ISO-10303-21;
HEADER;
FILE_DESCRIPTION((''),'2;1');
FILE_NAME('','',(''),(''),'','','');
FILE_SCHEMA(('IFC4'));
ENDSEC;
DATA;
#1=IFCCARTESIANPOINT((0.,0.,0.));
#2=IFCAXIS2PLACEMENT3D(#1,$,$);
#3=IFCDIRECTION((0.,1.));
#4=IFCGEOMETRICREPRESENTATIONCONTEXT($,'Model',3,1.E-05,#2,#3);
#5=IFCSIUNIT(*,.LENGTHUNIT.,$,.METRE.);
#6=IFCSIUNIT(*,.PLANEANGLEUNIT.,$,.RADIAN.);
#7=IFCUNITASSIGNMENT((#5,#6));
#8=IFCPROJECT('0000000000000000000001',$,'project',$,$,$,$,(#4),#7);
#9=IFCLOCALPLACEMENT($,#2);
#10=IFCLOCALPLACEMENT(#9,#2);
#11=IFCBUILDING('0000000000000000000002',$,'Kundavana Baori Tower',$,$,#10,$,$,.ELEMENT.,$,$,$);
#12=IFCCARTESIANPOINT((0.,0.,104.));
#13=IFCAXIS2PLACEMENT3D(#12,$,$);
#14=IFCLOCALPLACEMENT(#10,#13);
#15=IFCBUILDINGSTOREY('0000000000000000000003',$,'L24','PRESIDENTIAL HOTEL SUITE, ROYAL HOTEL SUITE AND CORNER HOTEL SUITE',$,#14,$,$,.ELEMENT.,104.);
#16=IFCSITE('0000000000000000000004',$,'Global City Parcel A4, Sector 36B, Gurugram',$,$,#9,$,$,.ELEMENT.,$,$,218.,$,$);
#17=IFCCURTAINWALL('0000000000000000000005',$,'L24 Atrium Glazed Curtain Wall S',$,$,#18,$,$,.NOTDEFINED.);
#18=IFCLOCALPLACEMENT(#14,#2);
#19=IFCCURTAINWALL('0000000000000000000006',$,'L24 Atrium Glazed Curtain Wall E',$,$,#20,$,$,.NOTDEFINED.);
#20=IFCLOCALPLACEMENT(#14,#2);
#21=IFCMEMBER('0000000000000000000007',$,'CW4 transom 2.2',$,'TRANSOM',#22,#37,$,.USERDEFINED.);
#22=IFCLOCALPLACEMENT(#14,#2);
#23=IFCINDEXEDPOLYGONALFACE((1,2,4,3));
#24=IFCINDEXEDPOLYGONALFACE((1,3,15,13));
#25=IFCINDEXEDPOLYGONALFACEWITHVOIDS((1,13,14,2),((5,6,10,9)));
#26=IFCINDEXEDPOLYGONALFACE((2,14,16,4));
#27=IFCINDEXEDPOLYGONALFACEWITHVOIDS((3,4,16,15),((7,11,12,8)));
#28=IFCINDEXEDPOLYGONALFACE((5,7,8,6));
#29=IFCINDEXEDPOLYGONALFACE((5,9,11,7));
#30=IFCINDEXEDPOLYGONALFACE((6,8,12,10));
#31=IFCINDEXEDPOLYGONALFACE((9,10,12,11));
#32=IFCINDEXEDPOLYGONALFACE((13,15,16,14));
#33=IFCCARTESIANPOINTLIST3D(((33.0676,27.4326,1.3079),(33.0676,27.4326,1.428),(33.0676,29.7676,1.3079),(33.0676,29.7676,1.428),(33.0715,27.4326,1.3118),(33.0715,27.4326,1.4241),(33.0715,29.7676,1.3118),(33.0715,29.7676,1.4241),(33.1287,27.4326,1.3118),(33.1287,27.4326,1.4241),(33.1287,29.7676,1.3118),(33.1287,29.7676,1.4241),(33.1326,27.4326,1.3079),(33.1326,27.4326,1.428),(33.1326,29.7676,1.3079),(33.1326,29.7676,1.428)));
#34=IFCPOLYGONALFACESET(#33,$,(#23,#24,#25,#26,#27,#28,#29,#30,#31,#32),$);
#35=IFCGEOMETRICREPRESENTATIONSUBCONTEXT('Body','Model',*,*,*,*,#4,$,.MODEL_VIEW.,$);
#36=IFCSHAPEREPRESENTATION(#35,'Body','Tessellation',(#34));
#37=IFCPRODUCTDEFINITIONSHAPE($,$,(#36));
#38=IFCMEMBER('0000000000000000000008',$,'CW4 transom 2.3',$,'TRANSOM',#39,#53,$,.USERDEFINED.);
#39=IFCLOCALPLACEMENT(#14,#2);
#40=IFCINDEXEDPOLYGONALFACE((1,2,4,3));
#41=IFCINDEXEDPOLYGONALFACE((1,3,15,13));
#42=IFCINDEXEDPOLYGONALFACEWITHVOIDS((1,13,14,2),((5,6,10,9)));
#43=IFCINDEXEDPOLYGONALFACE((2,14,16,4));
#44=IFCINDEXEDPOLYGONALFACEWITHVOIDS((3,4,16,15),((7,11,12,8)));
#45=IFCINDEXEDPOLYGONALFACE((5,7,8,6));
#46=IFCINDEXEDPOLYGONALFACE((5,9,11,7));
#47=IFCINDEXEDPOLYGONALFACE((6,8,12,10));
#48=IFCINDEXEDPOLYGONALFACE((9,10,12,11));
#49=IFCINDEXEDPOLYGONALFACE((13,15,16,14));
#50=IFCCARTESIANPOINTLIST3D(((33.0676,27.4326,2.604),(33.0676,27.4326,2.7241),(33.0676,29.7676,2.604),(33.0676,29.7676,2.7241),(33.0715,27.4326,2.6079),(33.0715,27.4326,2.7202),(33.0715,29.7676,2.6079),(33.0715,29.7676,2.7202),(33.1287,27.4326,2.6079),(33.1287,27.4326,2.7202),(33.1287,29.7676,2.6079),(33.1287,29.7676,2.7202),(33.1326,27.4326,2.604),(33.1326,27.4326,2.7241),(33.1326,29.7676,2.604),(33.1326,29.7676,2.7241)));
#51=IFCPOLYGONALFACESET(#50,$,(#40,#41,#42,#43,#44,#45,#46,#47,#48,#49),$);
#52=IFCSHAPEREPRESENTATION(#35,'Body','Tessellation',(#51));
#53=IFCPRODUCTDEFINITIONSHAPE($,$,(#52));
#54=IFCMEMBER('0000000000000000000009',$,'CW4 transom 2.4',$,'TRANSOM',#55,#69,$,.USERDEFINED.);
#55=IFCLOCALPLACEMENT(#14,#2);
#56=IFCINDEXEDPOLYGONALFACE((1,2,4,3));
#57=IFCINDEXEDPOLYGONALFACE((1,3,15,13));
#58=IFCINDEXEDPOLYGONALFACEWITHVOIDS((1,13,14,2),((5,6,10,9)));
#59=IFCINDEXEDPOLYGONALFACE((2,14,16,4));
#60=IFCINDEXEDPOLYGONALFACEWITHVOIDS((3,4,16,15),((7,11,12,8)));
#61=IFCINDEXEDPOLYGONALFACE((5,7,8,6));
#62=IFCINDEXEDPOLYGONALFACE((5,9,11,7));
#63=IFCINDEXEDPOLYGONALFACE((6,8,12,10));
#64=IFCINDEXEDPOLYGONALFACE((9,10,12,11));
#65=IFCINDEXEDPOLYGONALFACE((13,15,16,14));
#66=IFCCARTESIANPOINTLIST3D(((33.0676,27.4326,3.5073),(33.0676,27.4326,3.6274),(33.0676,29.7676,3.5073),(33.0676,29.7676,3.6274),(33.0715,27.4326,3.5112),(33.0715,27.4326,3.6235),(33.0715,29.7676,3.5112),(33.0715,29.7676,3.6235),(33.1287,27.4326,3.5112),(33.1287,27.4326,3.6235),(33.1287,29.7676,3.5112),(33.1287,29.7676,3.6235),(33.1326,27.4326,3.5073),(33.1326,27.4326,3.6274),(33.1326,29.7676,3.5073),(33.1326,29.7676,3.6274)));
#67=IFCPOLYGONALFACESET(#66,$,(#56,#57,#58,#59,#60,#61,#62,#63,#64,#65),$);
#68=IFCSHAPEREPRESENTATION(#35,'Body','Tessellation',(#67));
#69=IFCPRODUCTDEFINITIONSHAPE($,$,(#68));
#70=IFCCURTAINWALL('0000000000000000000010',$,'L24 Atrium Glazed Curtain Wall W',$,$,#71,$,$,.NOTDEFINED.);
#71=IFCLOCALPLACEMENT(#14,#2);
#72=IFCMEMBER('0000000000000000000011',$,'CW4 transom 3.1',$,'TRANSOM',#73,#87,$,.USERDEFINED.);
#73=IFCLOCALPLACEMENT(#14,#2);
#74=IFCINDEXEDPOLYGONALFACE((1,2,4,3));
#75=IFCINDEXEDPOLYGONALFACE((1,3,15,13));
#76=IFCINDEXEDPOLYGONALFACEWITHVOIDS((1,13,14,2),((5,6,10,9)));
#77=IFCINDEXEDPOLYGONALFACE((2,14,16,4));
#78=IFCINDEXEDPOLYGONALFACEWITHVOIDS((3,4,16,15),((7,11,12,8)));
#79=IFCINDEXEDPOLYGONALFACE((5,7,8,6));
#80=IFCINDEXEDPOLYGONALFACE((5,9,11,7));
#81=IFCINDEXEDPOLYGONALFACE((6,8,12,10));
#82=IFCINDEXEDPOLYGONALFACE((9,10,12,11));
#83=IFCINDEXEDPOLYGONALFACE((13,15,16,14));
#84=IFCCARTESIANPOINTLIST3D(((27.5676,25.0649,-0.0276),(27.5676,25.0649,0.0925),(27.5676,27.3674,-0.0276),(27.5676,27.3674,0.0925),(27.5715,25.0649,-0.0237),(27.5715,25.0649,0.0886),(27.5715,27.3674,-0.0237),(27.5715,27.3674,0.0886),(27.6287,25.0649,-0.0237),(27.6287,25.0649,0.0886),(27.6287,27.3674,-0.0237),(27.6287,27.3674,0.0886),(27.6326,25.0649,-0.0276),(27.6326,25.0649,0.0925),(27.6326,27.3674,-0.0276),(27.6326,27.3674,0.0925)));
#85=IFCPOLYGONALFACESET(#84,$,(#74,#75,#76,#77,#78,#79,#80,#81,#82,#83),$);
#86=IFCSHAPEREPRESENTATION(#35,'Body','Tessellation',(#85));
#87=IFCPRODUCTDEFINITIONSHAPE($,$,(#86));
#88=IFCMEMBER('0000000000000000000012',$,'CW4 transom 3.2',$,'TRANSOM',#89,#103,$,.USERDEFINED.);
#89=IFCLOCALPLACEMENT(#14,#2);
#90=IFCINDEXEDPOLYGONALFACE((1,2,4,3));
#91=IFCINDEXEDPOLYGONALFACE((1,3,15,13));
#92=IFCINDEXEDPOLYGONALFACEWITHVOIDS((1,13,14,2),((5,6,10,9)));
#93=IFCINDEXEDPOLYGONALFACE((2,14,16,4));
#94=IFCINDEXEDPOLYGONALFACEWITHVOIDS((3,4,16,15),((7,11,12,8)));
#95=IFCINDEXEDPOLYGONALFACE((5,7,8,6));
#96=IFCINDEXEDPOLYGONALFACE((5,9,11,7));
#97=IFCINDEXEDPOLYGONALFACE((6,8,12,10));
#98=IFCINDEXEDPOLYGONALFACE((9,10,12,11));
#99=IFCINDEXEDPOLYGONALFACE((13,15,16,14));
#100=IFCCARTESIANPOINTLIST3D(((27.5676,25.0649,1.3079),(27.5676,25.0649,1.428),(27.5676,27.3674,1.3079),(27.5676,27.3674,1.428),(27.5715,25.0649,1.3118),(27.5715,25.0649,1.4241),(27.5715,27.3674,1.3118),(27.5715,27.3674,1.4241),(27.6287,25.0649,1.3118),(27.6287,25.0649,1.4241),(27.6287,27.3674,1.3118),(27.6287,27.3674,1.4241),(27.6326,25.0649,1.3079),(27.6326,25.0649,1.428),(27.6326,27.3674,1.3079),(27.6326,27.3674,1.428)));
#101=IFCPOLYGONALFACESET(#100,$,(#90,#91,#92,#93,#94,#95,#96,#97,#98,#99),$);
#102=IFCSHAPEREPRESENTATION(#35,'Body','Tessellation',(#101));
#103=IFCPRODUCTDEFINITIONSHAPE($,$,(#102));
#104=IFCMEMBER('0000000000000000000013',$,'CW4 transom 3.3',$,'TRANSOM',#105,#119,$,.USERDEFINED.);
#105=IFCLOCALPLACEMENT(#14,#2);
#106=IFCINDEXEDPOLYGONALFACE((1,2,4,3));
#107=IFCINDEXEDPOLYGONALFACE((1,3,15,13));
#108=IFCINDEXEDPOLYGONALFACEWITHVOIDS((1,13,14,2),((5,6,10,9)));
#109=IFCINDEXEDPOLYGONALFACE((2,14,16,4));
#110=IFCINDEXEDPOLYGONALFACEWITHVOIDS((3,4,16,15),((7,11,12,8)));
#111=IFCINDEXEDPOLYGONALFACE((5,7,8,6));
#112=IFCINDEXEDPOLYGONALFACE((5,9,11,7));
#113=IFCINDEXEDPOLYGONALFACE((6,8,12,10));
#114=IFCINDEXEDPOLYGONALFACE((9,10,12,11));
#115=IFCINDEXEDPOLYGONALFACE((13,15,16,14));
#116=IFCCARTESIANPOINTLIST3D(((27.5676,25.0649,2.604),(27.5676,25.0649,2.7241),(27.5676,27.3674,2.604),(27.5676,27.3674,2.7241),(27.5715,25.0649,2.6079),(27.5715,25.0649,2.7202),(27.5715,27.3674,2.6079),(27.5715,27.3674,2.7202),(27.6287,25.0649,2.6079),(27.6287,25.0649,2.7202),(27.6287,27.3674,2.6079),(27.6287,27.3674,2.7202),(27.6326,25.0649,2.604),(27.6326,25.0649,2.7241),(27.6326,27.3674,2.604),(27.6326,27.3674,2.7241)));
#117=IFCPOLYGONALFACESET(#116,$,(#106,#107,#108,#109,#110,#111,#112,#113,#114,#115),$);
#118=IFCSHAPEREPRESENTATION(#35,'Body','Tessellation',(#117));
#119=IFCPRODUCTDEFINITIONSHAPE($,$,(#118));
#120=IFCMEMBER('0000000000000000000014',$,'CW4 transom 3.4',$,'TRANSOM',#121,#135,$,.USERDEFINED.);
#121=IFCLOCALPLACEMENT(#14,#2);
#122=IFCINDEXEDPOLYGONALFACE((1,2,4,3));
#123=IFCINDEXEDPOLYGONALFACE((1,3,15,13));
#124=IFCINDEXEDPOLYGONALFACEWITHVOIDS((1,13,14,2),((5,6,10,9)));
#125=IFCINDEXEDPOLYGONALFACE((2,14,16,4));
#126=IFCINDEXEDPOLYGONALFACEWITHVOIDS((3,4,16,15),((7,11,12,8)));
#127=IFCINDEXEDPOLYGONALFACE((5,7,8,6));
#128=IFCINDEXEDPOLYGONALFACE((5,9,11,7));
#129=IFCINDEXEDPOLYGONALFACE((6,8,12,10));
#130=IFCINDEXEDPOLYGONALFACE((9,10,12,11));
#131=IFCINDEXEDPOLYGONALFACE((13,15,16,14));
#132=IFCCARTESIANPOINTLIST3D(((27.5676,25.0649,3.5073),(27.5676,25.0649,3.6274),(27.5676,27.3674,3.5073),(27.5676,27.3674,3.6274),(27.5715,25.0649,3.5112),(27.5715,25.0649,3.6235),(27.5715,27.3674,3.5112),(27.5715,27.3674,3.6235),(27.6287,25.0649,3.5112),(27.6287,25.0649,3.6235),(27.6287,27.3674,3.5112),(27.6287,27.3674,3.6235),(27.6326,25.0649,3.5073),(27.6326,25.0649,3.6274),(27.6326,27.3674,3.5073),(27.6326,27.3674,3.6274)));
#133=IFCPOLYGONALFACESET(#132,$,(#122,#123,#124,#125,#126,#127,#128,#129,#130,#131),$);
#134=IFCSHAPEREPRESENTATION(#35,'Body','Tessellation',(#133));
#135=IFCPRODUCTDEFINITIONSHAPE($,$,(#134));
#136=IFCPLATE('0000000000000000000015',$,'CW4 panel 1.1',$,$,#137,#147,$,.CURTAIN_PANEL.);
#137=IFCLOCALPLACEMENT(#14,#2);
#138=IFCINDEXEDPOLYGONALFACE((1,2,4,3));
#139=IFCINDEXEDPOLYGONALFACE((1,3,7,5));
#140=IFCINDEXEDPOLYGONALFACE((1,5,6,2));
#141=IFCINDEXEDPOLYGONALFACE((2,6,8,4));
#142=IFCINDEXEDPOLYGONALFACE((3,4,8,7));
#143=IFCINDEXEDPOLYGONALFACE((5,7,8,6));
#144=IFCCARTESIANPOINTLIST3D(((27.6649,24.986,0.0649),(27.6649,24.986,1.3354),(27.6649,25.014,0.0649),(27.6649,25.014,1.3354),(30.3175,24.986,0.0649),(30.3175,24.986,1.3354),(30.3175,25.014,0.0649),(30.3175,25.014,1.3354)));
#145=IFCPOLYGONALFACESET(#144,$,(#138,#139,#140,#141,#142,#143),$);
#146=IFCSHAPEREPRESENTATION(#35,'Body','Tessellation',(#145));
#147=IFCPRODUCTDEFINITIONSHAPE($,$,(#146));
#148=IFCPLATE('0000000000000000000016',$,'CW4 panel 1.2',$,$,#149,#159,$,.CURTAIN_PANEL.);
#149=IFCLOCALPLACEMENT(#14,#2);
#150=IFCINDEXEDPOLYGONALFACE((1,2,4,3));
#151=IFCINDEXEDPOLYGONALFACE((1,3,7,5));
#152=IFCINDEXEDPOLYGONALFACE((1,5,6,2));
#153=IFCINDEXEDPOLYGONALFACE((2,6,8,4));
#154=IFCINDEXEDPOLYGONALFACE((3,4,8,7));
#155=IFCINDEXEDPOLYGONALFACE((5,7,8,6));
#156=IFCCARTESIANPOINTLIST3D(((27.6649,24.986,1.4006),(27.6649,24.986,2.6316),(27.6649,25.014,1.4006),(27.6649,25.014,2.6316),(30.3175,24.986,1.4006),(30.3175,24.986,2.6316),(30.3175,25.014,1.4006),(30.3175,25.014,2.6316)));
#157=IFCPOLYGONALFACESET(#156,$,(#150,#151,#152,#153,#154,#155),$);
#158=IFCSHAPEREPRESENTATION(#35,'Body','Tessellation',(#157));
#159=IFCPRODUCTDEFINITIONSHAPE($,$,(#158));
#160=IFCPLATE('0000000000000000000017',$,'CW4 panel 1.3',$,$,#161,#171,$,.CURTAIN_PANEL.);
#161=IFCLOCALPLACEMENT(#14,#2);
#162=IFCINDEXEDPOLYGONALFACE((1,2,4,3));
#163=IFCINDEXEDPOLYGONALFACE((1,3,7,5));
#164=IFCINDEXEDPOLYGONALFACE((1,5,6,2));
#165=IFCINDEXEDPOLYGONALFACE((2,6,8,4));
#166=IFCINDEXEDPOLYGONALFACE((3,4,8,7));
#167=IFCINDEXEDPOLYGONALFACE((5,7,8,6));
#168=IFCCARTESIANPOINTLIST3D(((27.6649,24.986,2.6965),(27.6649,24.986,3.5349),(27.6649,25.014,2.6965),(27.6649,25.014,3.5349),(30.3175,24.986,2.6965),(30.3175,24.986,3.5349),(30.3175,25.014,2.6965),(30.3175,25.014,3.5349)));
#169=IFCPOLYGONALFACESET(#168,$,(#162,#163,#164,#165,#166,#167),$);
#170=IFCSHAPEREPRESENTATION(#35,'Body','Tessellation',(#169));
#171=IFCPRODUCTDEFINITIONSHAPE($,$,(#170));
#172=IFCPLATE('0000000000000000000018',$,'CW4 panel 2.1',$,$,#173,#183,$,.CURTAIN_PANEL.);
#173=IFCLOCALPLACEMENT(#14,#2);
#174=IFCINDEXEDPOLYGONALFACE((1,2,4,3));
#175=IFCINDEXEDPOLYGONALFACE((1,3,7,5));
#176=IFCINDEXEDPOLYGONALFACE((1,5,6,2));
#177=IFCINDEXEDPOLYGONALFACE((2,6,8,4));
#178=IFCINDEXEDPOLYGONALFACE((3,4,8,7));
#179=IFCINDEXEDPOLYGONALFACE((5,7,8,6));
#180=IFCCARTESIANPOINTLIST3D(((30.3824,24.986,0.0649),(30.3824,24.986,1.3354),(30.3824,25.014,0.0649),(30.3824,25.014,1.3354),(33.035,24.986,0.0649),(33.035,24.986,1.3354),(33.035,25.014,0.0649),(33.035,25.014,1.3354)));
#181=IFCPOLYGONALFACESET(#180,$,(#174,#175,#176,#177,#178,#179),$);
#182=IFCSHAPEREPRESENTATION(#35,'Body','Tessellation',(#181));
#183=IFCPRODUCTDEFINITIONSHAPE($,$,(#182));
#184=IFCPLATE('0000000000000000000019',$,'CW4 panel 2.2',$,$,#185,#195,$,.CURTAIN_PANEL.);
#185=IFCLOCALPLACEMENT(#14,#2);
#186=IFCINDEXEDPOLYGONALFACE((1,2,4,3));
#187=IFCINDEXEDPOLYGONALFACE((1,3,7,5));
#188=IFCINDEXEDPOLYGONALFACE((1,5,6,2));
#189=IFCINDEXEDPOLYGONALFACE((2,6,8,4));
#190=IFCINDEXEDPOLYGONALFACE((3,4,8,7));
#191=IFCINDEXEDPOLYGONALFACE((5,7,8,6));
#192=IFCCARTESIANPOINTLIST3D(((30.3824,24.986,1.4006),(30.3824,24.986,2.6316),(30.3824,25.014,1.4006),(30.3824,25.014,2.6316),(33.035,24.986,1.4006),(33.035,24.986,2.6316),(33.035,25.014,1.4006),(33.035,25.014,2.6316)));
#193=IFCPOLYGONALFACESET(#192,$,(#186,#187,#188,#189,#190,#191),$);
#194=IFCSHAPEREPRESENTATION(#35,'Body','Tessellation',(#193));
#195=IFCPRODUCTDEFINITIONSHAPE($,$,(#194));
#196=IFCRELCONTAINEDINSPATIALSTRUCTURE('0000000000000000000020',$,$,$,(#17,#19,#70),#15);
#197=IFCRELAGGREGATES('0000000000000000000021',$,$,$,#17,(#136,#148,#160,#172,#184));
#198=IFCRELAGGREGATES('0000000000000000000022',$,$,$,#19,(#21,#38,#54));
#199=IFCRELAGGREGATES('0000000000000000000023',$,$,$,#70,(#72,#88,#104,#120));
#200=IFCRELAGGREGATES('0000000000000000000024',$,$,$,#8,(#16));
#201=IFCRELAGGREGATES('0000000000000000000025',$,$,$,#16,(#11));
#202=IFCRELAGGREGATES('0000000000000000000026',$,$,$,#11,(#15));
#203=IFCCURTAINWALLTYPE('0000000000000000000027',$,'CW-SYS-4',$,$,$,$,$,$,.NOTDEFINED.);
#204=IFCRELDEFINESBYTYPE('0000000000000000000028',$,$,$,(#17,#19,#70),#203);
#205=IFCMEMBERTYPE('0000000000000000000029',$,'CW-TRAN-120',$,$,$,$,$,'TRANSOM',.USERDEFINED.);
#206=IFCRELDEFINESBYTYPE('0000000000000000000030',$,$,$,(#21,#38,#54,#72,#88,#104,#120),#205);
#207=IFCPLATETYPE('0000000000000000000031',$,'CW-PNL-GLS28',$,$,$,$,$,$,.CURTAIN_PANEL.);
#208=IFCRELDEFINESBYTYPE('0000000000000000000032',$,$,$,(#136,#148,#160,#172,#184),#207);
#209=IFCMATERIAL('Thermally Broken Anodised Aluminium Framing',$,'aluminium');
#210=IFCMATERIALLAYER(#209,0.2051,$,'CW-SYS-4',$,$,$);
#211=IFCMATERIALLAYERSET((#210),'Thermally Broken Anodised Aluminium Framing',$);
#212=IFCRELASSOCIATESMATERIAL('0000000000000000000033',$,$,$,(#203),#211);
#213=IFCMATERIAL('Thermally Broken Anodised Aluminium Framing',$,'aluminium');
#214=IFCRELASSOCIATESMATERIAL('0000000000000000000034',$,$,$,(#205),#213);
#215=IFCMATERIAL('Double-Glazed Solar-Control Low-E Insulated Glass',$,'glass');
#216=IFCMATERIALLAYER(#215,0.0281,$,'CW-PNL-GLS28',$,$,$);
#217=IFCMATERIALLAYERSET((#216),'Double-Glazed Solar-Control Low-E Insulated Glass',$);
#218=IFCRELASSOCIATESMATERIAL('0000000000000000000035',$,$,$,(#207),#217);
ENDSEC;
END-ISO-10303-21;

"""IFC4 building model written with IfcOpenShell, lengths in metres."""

from ifc_helpers import new_model, si_unit, direction, frame, origin, origin_2d, place, context, subcontext, project, spatial, rectangle, hollow_rectangle, extrude, material, layer, layer_set, material_profile, profile_set, type_object, element, aggregate, save


model = new_model("IFC4")

# Units and contexts
model_context = context("Model", 3, precision=1e-05, world=origin(), true_north=direction((0.0, 1.0)))
body_context = subcontext(model_context, "Body", "Model", "MODEL_VIEW")
ifc_project = project(units=[si_unit("LENGTHUNIT", "METRE"), si_unit("PLANEANGLEUNIT", "RADIAN")], contexts=[model_context])

# Site, building, storey
site_placement = place(None, origin())
site = spatial("IfcSite", under=ifc_project, at=site_placement, Name="Global City Parcel A4, Sector 36B, Gurugram", CompositionType="ELEMENT", RefElevation=218.0)
building_placement = place(site_placement, origin())
building = spatial("IfcBuilding", under=site, at=building_placement, Name="Kundavana Baori Tower", CompositionType="ELEMENT")
storey_placement = place(building_placement, frame((0.0, 0.0, 104.0)))
storey = spatial("IfcBuildingStorey", under=building, at=storey_placement, Name="L24", Description="PRESIDENTIAL HOTEL SUITE, ROYAL HOTEL SUITE AND CORNER HOTEL SUITE", CompositionType="ELEMENT", Elevation=104.0)

# Curtain walls
ifc_material_1 = material(Name="Thermally Broken Anodised Aluminium Framing", Category="aluminium")
ifc_layer_1 = layer(ifc_material_1, 0.2051, Name="CW-SYS-4")
ifc_layer_set_1 = layer_set([ifc_layer_1], Name="Thermally Broken Anodised Aluminium Framing")
curtain_wall_type = type_object("IfcCurtainWallType", Name="CW-SYS-4", PredefinedType="NOTDEFINED", material=ifc_layer_set_1)
curtain_wall_1_placement = place(storey_placement, origin())
curtain_wall_1 = element("IfcCurtainWall", 1, at=curtain_wall_1_placement, inside=storey, type_object=curtain_wall_type, Name="L24 Atrium Glazed Curtain Wall S", PredefinedType="NOTDEFINED")
curtain_wall_2_placement = place(storey_placement, origin())
curtain_wall_2 = element("IfcCurtainWall", 2, at=curtain_wall_2_placement, inside=storey, type_object=curtain_wall_type, Name="L24 Atrium Glazed Curtain Wall E", PredefinedType="NOTDEFINED")

# Members
ifc_material_2 = material(Name="Thermally Broken Anodised Aluminium Framing", Category="aluminium")
ifc_material_profile_1 = material_profile(ifc_material_2, hollow_rectangle(XDim=0.0649, YDim=0.1201, WallThickness=0.0039, at=origin_2d()), Name="CW-TRAN-120")
ifc_profile_set_1 = profile_set([ifc_material_profile_1], Name="Thermally Broken Anodised Aluminium Framing")
member_type_1 = type_object("IfcMemberType", Name="CW-TRAN-120", ElementType="TRANSOM", PredefinedType="USERDEFINED", material=ifc_profile_set_1)
member_1_placement = place(storey_placement, frame((33.1001, 27.4326, 1.3679), z_axis=(0.0, 1.0, 0.0), x_axis=(-1.0, 0.0, 0.0)))
member_1 = element("IfcMember", 3, at=member_1_placement, type_object=member_type_1, Name="CW4 transom 2.2", ObjectType="TRANSOM", PredefinedType="USERDEFINED", context=body_context, shape_type="SweptSolid", body=[
    extrude(hollow_rectangle(XDim=0.0649, YDim=0.1201, WallThickness=0.0039, at=origin_2d()), origin(), (0.0, 0.0, 1.0), 2.335),
])
member_2_placement = place(storey_placement, frame((33.1001, 27.4326, 2.6641), z_axis=(0.0, 1.0, 0.0), x_axis=(-1.0, 0.0, 0.0)))
member_2 = element("IfcMember", 4, at=member_2_placement, type_object=member_type_1, Name="CW4 transom 2.3", ObjectType="TRANSOM", PredefinedType="USERDEFINED", context=body_context, shape_type="SweptSolid", body=[
    extrude(hollow_rectangle(XDim=0.0649, YDim=0.1201, WallThickness=0.0039, at=origin_2d()), origin(), (0.0, 0.0, 1.0), 2.335),
])
member_3_placement = place(storey_placement, frame((33.1001, 27.4326, 3.5674), z_axis=(0.0, 1.0, 0.0), x_axis=(-1.0, 0.0, 0.0)))
member_3 = element("IfcMember", 5, at=member_3_placement, type_object=member_type_1, Name="CW4 transom 2.4", ObjectType="TRANSOM", PredefinedType="USERDEFINED", context=body_context, shape_type="SweptSolid", body=[
    extrude(hollow_rectangle(XDim=0.0649, YDim=0.1201, WallThickness=0.0039, at=origin_2d()), origin(), (0.0, 0.0, 1.0), 2.335),
])

# Curtain wall, members
curtain_wall_3_placement = place(storey_placement, origin())
curtain_wall_3 = element("IfcCurtainWall", 6, at=curtain_wall_3_placement, inside=storey, type_object=curtain_wall_type, Name="L24 Atrium Glazed Curtain Wall W", PredefinedType="NOTDEFINED")
member_4_placement = place(storey_placement, frame((27.6001, 27.3674, 0.0325), z_axis=(0.0, -1.0, 0.0), x_axis=(1.0, 0.0, 0.0)))
member_4 = element("IfcMember", 7, at=member_4_placement, type_object=member_type_1, Name="CW4 transom 3.1", ObjectType="TRANSOM", PredefinedType="USERDEFINED", context=body_context, shape_type="SweptSolid", body=[
    extrude(hollow_rectangle(XDim=0.0649, YDim=0.1201, WallThickness=0.0039, at=origin_2d()), origin(), (0.0, 0.0, 1.0), 2.3025),
])
member_5_placement = place(storey_placement, frame((27.6001, 27.3674, 1.3679), z_axis=(0.0, -1.0, 0.0), x_axis=(1.0, 0.0, 0.0)))
member_5 = element("IfcMember", 8, at=member_5_placement, type_object=member_type_1, Name="CW4 transom 3.2", ObjectType="TRANSOM", PredefinedType="USERDEFINED", context=body_context, shape_type="SweptSolid", body=[
    extrude(hollow_rectangle(XDim=0.0649, YDim=0.1201, WallThickness=0.0039, at=origin_2d()), origin(), (0.0, 0.0, 1.0), 2.3025),
])
member_6_placement = place(storey_placement, frame((27.6001, 27.3674, 2.6641), z_axis=(0.0, -1.0, 0.0), x_axis=(1.0, 0.0, 0.0)))
member_6 = element("IfcMember", 9, at=member_6_placement, type_object=member_type_1, Name="CW4 transom 3.3", ObjectType="TRANSOM", PredefinedType="USERDEFINED", context=body_context, shape_type="SweptSolid", body=[
    extrude(hollow_rectangle(XDim=0.0649, YDim=0.1201, WallThickness=0.0039, at=origin_2d()), origin(), (0.0, 0.0, 1.0), 2.3025),
])
member_7_placement = place(storey_placement, frame((27.6001, 27.3674, 3.5674), z_axis=(0.0, -1.0, 0.0), x_axis=(1.0, 0.0, 0.0)))
member_7 = element("IfcMember", 10, at=member_7_placement, type_object=member_type_1, Name="CW4 transom 3.4", ObjectType="TRANSOM", PredefinedType="USERDEFINED", context=body_context, shape_type="SweptSolid", body=[
    extrude(hollow_rectangle(XDim=0.0649, YDim=0.1201, WallThickness=0.0039, at=origin_2d()), origin(), (0.0, 0.0, 1.0), 2.3025),
])

# Plates
ifc_material_3 = material(Name="Double-Glazed Solar-Control Low-E Insulated Glass", Category="glass")
ifc_layer_2 = layer(ifc_material_3, 0.0281, Name="CW-PNL-GLS28")
ifc_layer_set_2 = layer_set([ifc_layer_2], Name="Double-Glazed Solar-Control Low-E Insulated Glass")
plate_type = type_object("IfcPlateType", Name="CW-PNL-GLS28", PredefinedType="CURTAIN_PANEL", material=ifc_layer_set_2)
plate_1_placement = place(storey_placement, frame((28.9912, 25.0, 0.0649), z_axis=(0.0, 0.0, 1.0), x_axis=(1.0, 0.0, 0.0)))
plate_1 = element("IfcPlate", 11, at=plate_1_placement, type_object=plate_type, Name="CW4 panel 1.1", PredefinedType="CURTAIN_PANEL", context=body_context, shape_type="SweptSolid", body=[
    extrude(rectangle(XDim=2.6526, YDim=0.0281, at=origin_2d()), origin(), (0.0, 0.0, 1.0), 1.2705),
])
plate_2_placement = place(storey_placement, frame((28.9912, 25.0, 1.4006), z_axis=(0.0, 0.0, 1.0), x_axis=(1.0, 0.0, 0.0)))
plate_2 = element("IfcPlate", 12, at=plate_2_placement, type_object=plate_type, Name="CW4 panel 1.2", PredefinedType="CURTAIN_PANEL", context=body_context, shape_type="SweptSolid", body=[
    extrude(rectangle(XDim=2.6526, YDim=0.0281, at=origin_2d()), origin(), (0.0, 0.0, 1.0), 1.231),
])
plate_3_placement = place(storey_placement, frame((28.9912, 25.0, 2.6965), z_axis=(0.0, 0.0, 1.0), x_axis=(1.0, 0.0, 0.0)))
plate_3 = element("IfcPlate", 13, at=plate_3_placement, type_object=plate_type, Name="CW4 panel 1.3", PredefinedType="CURTAIN_PANEL", context=body_context, shape_type="SweptSolid", body=[
    extrude(rectangle(XDim=2.6526, YDim=0.0281, at=origin_2d()), origin(), (0.0, 0.0, 1.0), 0.8384),
])
plate_4_placement = place(storey_placement, frame((31.7087, 25.0, 0.0649), z_axis=(0.0, 0.0, 1.0), x_axis=(1.0, 0.0, 0.0)))
plate_4 = element("IfcPlate", 14, at=plate_4_placement, type_object=plate_type, Name="CW4 panel 2.1", PredefinedType="CURTAIN_PANEL", context=body_context, shape_type="SweptSolid", body=[
    extrude(rectangle(XDim=2.6526, YDim=0.0281, at=origin_2d()), origin(), (0.0, 0.0, 1.0), 1.2705),
])
plate_5_placement = place(storey_placement, frame((31.7087, 25.0, 1.4006), z_axis=(0.0, 0.0, 1.0), x_axis=(1.0, 0.0, 0.0)))
plate_5 = element("IfcPlate", 15, at=plate_5_placement, type_object=plate_type, Name="CW4 panel 2.2", PredefinedType="CURTAIN_PANEL", context=body_context, shape_type="SweptSolid", body=[
    extrude(rectangle(XDim=2.6526, YDim=0.0281, at=origin_2d()), origin(), (0.0, 0.0, 1.0), 1.231),
])
aggregate(curtain_wall_1, [plate_1, plate_2, plate_3, plate_4, plate_5])
aggregate(curtain_wall_2, [member_1, member_2, member_3])
aggregate(curtain_wall_3, [member_4, member_5, member_6, member_7])

save(model, "model.ifc")
